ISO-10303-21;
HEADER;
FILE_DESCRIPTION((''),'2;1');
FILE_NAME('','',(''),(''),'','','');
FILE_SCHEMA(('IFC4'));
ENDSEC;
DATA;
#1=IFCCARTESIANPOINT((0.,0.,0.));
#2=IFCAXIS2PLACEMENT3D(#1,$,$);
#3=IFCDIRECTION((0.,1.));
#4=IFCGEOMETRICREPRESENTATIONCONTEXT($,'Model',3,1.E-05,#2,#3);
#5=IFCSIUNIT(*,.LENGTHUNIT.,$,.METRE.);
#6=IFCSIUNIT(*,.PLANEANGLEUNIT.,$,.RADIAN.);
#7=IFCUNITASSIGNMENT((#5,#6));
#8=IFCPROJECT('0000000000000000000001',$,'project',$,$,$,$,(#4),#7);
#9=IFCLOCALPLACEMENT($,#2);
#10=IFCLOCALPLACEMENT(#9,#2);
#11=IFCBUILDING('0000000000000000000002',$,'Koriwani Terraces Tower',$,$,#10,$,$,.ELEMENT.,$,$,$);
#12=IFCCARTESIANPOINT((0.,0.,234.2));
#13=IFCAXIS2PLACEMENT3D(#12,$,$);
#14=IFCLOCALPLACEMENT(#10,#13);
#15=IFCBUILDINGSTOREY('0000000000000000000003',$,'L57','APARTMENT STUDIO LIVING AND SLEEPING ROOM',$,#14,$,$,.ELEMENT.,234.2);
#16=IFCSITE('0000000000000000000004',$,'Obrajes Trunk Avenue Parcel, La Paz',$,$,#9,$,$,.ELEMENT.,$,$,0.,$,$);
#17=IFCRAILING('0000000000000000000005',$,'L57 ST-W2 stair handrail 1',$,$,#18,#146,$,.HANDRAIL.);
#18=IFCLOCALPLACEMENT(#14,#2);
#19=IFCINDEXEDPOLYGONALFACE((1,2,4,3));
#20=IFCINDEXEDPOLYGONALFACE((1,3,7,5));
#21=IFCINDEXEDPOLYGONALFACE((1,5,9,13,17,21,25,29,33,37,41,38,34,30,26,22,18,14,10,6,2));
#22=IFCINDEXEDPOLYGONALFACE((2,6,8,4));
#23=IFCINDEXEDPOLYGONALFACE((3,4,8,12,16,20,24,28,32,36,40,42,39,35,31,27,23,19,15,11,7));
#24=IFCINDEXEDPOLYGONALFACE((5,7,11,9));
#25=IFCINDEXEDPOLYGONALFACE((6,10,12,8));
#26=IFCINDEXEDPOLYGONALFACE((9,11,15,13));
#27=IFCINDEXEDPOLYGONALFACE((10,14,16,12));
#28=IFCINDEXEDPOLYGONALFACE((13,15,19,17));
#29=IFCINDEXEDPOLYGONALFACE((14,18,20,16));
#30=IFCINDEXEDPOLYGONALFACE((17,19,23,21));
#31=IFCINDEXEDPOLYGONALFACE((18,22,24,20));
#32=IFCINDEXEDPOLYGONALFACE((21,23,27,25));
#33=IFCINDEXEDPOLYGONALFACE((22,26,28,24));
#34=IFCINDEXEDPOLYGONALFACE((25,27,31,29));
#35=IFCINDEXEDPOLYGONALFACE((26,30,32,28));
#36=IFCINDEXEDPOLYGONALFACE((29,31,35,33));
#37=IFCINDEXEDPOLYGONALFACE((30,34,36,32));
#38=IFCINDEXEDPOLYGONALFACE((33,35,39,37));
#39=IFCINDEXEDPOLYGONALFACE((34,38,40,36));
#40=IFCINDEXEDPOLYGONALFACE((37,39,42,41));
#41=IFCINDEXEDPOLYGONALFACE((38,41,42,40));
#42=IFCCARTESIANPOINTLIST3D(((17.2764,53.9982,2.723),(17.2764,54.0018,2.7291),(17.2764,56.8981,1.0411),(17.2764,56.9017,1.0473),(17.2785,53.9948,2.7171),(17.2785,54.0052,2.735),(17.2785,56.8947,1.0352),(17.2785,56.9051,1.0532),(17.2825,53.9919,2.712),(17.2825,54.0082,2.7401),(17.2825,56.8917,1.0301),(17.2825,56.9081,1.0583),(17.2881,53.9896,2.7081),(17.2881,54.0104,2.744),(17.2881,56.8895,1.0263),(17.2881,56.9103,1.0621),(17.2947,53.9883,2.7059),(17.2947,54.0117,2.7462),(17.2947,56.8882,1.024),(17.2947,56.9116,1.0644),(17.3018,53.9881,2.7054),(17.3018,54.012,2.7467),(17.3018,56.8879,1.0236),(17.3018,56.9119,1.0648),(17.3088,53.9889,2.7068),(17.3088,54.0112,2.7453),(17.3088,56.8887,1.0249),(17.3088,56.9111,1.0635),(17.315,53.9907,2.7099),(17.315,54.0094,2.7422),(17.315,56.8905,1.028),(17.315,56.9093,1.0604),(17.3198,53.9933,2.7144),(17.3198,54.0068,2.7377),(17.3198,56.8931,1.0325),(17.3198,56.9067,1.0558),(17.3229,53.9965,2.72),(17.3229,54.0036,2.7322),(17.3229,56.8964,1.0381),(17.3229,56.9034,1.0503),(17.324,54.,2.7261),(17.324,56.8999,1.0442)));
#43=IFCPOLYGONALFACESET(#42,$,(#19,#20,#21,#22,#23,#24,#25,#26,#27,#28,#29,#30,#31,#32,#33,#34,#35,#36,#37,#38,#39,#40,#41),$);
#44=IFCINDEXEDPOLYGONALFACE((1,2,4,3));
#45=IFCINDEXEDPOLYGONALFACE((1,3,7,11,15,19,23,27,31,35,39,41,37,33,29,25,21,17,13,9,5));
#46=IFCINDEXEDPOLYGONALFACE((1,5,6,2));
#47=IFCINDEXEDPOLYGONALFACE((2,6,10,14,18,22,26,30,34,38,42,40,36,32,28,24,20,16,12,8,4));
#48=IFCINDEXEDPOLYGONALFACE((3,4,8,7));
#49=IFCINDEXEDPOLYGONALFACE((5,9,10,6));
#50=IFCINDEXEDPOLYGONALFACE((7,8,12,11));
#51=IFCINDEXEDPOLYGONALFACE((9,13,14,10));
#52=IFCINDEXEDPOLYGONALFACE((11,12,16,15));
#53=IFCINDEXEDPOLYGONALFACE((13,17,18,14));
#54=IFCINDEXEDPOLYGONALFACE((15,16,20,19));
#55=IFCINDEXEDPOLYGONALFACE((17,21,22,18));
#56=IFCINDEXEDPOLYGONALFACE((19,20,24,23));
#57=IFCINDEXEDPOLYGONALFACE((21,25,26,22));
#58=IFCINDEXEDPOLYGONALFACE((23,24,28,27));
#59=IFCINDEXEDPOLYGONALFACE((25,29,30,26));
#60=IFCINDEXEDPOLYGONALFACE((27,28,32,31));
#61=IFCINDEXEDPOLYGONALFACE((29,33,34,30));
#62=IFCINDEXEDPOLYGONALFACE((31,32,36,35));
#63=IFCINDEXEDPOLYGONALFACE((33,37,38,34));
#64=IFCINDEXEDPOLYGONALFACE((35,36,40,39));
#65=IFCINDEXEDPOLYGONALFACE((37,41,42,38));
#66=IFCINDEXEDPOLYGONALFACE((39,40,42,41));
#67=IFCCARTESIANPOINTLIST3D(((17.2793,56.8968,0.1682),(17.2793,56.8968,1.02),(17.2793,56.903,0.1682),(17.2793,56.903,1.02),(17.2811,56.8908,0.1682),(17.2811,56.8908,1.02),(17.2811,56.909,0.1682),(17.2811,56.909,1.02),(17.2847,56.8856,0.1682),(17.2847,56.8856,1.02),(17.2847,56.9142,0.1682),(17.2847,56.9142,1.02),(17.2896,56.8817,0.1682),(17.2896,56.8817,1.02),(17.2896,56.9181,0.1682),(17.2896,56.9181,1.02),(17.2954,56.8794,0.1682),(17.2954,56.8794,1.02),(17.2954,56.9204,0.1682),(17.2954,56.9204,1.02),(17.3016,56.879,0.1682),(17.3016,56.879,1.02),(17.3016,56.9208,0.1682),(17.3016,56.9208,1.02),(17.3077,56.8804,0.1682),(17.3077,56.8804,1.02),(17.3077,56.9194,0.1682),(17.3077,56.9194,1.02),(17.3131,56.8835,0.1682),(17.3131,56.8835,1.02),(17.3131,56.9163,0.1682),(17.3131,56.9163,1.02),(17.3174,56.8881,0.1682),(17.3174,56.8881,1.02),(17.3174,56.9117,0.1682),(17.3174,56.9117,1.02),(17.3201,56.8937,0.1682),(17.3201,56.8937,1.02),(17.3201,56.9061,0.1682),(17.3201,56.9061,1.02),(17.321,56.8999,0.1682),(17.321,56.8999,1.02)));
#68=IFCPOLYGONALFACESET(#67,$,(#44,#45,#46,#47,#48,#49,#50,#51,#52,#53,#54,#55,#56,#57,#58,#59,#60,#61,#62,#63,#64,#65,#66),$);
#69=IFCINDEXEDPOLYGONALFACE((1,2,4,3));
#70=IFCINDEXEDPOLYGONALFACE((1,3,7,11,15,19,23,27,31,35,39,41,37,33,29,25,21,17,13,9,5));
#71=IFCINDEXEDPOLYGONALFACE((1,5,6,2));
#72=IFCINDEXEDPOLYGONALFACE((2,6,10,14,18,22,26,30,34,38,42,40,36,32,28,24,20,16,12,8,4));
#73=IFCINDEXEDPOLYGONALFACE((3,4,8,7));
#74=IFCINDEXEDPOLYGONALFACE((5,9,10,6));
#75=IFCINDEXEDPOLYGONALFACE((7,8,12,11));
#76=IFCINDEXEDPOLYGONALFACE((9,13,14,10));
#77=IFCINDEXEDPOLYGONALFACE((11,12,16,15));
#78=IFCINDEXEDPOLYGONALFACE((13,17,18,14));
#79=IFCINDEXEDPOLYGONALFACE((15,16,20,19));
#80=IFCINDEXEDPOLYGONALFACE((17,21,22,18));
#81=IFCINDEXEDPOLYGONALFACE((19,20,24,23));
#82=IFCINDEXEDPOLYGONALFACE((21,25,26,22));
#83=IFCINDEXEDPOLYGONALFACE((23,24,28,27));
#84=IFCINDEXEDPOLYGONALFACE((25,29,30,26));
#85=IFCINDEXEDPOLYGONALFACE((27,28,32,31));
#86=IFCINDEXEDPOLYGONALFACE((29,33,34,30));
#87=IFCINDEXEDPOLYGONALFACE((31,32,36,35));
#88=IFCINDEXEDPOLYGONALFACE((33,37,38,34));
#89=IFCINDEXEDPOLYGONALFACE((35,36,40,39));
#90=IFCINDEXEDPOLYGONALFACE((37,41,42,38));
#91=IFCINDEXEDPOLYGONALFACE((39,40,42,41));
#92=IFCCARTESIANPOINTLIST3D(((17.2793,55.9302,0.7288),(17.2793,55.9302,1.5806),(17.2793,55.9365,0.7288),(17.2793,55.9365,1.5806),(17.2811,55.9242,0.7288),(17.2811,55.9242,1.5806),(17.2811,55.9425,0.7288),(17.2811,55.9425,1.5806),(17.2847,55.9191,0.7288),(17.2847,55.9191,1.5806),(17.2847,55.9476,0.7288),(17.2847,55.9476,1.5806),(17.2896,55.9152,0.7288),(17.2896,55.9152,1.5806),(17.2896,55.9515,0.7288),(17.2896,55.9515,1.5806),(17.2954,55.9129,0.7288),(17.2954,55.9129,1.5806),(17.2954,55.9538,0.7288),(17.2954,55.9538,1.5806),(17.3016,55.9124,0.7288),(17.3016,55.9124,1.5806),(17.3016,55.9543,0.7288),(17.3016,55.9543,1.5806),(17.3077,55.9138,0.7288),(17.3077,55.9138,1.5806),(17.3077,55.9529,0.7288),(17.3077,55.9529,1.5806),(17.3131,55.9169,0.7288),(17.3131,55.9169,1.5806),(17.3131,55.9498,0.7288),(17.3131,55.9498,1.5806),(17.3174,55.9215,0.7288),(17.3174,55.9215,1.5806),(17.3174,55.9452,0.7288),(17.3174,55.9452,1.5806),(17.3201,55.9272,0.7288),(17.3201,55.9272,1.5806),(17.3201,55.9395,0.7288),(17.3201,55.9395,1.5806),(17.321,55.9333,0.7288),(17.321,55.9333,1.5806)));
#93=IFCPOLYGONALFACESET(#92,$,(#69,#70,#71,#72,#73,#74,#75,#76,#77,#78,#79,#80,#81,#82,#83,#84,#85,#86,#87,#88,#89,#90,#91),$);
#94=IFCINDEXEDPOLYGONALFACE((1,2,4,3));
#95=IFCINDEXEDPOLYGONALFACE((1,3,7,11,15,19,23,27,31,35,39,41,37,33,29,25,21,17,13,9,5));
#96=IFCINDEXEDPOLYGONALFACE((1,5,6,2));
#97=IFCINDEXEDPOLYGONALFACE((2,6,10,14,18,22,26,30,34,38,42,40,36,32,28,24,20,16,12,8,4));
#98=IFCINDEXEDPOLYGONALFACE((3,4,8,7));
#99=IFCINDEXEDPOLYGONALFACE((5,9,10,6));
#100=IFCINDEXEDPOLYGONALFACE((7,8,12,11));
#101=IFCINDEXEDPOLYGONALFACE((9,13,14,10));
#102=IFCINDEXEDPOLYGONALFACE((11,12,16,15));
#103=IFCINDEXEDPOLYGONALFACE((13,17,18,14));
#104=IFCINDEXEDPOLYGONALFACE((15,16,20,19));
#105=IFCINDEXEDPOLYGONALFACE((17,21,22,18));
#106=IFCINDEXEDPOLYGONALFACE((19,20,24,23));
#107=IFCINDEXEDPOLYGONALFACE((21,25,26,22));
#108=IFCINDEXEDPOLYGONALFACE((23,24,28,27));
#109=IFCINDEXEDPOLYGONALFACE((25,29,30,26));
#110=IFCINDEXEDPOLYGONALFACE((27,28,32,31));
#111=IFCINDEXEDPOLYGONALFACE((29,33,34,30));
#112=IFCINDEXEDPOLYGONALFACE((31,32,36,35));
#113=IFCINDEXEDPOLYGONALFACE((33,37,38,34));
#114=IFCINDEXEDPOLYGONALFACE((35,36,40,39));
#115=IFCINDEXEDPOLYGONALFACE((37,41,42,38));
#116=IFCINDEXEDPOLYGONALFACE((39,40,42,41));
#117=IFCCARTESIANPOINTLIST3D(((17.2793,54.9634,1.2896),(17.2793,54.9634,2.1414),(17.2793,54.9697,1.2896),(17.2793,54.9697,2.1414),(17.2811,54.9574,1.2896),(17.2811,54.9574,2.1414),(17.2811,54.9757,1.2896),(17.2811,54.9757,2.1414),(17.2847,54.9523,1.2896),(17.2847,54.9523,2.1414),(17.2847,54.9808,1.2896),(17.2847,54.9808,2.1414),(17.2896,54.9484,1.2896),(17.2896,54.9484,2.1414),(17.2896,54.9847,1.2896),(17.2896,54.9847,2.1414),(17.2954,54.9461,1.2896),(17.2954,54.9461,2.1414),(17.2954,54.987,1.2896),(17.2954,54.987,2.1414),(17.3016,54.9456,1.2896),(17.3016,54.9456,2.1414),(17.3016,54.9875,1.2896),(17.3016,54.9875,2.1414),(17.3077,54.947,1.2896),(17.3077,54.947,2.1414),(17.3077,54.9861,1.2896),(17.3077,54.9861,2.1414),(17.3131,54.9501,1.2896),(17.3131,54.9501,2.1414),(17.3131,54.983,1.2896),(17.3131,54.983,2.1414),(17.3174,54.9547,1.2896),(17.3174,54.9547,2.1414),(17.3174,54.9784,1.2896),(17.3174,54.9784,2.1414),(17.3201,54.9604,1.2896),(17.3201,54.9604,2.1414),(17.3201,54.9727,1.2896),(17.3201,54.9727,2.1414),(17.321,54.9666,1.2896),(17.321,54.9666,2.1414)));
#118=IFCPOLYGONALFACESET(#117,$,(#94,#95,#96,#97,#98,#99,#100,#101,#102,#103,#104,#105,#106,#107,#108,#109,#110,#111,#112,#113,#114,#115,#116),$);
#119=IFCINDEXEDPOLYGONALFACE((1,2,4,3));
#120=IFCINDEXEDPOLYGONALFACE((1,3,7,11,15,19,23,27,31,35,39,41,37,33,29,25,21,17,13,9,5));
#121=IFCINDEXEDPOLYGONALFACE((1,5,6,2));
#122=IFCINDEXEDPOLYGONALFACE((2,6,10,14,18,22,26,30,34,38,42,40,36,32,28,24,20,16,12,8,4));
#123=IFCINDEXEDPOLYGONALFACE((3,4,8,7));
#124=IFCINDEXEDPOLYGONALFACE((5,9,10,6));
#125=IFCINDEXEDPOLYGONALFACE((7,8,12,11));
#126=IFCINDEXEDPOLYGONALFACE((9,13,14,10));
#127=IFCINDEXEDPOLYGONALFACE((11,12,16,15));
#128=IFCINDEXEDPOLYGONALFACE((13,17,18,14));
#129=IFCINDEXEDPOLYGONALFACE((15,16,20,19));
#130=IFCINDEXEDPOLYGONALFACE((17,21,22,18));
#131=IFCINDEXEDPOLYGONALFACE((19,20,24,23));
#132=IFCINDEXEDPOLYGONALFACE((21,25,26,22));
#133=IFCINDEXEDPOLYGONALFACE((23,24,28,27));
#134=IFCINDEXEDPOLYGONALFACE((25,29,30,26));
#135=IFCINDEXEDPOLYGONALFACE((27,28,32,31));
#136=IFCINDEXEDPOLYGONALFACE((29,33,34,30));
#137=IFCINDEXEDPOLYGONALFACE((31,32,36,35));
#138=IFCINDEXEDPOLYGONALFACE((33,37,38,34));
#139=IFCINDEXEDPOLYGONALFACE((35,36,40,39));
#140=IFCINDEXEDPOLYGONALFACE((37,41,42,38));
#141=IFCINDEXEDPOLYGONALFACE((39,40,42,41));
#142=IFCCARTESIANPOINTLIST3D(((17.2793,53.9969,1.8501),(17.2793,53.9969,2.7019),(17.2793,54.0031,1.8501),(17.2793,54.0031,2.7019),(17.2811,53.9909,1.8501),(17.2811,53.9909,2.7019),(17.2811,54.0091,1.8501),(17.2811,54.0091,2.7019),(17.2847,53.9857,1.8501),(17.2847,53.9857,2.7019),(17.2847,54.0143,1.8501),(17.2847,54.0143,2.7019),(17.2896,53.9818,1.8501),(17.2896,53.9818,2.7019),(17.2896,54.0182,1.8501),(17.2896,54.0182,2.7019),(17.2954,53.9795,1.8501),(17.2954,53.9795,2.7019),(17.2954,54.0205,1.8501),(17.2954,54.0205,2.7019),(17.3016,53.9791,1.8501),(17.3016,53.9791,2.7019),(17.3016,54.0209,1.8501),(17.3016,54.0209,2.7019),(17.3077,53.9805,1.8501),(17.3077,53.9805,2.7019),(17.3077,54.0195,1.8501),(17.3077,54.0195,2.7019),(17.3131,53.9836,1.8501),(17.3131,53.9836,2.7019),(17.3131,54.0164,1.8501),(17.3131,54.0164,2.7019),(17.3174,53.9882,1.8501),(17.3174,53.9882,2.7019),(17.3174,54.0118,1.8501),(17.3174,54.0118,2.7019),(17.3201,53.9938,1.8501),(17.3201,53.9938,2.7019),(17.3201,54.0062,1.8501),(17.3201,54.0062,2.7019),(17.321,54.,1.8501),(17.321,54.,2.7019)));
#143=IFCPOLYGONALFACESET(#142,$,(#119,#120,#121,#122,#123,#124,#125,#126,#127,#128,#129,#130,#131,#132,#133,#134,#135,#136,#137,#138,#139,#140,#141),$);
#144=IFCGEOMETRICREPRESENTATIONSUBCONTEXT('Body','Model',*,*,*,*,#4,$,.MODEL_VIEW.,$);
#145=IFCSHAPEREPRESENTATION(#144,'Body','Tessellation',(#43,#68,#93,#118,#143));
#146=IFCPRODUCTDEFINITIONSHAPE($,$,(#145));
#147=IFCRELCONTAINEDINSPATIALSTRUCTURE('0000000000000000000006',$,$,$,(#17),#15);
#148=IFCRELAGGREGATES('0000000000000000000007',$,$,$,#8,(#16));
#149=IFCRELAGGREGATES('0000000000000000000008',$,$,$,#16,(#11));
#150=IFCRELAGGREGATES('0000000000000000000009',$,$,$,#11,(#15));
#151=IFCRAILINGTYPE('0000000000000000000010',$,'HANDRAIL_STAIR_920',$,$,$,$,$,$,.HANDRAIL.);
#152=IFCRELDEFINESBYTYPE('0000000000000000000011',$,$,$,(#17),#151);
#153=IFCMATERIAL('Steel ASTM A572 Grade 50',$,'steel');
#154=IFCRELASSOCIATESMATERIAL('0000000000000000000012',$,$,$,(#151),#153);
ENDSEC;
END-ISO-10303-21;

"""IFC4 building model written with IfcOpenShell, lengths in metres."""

from ifc_helpers import new_model, si_unit, direction, frame, origin, origin_2d, place, context, subcontext, project, spatial, circle, extrude, material, type_object, element, save


model = new_model("IFC4")

# Units and contexts
model_context = context("Model", 3, precision=1e-05, world=origin(), true_north=direction((0.0, 1.0)))
body_context = subcontext(model_context, "Body", "Model", "MODEL_VIEW")
ifc_project = project(units=[si_unit("LENGTHUNIT", "METRE"), si_unit("PLANEANGLEUNIT", "RADIAN")], contexts=[model_context])

# Site, building, storey
site_placement = place(None, origin())
site = spatial("IfcSite", under=ifc_project, at=site_placement, Name="Obrajes Trunk Avenue Parcel, La Paz", CompositionType="ELEMENT", RefElevation=0.0)
building_placement = place(site_placement, origin())
building = spatial("IfcBuilding", under=site, at=building_placement, Name="Koriwani Terraces Tower", CompositionType="ELEMENT")
storey_placement = place(building_placement, frame((0.0, 0.0, 234.2)))
storey = spatial("IfcBuildingStorey", under=building, at=storey_placement, Name="L57", Description="APARTMENT STUDIO LIVING AND SLEEPING ROOM", CompositionType="ELEMENT", Elevation=234.2)

# Shared definitions
ifc_material_1 = material(Name="Steel ASTM A572 Grade 50", Category="steel")

# Railing
railing_type_1 = type_object("IfcRailingType", Name="HANDRAIL_STAIR_920", PredefinedType="HANDRAIL", material=ifc_material_1)
railing_1_placement = place(storey_placement, frame((17.3, 56.8999, 0.1682)))
element("IfcRailing", 1, at=railing_1_placement, inside=storey, type_object=railing_type_1, Name="L57 ST-W2 stair handrail 1", PredefinedType="HANDRAIL", context=body_context, shape_type="SweptSolid", body=[
    extrude(circle(Radius=0.0239, at=origin_2d()), frame((0.0, 0.0, 0.876), z_axis=(0.0, -0.865039, 0.501705), x_axis=(1.0, 0.0, 0.0)), (0.0, 0.0, 1.0), 3.3523),
    extrude(circle(Radius=0.021, at=origin_2d()), origin(), (0.0, 0.0, 1.0), 0.8518),
    extrude(circle(Radius=0.021, at=origin_2d()), frame((0.0, -0.9666, 0.5605)), (0.0, 0.0, 1.0), 0.8518),
    extrude(circle(Radius=0.021, at=origin_2d()), frame((0.0, -1.9333, 1.1213)), (0.0, 0.0, 1.0), 0.8518),
    extrude(circle(Radius=0.021, at=origin_2d()), frame((0.0, -2.8999, 1.6819)), (0.0, 0.0, 1.0), 0.8518),
])

save(model, "model.ifc")
